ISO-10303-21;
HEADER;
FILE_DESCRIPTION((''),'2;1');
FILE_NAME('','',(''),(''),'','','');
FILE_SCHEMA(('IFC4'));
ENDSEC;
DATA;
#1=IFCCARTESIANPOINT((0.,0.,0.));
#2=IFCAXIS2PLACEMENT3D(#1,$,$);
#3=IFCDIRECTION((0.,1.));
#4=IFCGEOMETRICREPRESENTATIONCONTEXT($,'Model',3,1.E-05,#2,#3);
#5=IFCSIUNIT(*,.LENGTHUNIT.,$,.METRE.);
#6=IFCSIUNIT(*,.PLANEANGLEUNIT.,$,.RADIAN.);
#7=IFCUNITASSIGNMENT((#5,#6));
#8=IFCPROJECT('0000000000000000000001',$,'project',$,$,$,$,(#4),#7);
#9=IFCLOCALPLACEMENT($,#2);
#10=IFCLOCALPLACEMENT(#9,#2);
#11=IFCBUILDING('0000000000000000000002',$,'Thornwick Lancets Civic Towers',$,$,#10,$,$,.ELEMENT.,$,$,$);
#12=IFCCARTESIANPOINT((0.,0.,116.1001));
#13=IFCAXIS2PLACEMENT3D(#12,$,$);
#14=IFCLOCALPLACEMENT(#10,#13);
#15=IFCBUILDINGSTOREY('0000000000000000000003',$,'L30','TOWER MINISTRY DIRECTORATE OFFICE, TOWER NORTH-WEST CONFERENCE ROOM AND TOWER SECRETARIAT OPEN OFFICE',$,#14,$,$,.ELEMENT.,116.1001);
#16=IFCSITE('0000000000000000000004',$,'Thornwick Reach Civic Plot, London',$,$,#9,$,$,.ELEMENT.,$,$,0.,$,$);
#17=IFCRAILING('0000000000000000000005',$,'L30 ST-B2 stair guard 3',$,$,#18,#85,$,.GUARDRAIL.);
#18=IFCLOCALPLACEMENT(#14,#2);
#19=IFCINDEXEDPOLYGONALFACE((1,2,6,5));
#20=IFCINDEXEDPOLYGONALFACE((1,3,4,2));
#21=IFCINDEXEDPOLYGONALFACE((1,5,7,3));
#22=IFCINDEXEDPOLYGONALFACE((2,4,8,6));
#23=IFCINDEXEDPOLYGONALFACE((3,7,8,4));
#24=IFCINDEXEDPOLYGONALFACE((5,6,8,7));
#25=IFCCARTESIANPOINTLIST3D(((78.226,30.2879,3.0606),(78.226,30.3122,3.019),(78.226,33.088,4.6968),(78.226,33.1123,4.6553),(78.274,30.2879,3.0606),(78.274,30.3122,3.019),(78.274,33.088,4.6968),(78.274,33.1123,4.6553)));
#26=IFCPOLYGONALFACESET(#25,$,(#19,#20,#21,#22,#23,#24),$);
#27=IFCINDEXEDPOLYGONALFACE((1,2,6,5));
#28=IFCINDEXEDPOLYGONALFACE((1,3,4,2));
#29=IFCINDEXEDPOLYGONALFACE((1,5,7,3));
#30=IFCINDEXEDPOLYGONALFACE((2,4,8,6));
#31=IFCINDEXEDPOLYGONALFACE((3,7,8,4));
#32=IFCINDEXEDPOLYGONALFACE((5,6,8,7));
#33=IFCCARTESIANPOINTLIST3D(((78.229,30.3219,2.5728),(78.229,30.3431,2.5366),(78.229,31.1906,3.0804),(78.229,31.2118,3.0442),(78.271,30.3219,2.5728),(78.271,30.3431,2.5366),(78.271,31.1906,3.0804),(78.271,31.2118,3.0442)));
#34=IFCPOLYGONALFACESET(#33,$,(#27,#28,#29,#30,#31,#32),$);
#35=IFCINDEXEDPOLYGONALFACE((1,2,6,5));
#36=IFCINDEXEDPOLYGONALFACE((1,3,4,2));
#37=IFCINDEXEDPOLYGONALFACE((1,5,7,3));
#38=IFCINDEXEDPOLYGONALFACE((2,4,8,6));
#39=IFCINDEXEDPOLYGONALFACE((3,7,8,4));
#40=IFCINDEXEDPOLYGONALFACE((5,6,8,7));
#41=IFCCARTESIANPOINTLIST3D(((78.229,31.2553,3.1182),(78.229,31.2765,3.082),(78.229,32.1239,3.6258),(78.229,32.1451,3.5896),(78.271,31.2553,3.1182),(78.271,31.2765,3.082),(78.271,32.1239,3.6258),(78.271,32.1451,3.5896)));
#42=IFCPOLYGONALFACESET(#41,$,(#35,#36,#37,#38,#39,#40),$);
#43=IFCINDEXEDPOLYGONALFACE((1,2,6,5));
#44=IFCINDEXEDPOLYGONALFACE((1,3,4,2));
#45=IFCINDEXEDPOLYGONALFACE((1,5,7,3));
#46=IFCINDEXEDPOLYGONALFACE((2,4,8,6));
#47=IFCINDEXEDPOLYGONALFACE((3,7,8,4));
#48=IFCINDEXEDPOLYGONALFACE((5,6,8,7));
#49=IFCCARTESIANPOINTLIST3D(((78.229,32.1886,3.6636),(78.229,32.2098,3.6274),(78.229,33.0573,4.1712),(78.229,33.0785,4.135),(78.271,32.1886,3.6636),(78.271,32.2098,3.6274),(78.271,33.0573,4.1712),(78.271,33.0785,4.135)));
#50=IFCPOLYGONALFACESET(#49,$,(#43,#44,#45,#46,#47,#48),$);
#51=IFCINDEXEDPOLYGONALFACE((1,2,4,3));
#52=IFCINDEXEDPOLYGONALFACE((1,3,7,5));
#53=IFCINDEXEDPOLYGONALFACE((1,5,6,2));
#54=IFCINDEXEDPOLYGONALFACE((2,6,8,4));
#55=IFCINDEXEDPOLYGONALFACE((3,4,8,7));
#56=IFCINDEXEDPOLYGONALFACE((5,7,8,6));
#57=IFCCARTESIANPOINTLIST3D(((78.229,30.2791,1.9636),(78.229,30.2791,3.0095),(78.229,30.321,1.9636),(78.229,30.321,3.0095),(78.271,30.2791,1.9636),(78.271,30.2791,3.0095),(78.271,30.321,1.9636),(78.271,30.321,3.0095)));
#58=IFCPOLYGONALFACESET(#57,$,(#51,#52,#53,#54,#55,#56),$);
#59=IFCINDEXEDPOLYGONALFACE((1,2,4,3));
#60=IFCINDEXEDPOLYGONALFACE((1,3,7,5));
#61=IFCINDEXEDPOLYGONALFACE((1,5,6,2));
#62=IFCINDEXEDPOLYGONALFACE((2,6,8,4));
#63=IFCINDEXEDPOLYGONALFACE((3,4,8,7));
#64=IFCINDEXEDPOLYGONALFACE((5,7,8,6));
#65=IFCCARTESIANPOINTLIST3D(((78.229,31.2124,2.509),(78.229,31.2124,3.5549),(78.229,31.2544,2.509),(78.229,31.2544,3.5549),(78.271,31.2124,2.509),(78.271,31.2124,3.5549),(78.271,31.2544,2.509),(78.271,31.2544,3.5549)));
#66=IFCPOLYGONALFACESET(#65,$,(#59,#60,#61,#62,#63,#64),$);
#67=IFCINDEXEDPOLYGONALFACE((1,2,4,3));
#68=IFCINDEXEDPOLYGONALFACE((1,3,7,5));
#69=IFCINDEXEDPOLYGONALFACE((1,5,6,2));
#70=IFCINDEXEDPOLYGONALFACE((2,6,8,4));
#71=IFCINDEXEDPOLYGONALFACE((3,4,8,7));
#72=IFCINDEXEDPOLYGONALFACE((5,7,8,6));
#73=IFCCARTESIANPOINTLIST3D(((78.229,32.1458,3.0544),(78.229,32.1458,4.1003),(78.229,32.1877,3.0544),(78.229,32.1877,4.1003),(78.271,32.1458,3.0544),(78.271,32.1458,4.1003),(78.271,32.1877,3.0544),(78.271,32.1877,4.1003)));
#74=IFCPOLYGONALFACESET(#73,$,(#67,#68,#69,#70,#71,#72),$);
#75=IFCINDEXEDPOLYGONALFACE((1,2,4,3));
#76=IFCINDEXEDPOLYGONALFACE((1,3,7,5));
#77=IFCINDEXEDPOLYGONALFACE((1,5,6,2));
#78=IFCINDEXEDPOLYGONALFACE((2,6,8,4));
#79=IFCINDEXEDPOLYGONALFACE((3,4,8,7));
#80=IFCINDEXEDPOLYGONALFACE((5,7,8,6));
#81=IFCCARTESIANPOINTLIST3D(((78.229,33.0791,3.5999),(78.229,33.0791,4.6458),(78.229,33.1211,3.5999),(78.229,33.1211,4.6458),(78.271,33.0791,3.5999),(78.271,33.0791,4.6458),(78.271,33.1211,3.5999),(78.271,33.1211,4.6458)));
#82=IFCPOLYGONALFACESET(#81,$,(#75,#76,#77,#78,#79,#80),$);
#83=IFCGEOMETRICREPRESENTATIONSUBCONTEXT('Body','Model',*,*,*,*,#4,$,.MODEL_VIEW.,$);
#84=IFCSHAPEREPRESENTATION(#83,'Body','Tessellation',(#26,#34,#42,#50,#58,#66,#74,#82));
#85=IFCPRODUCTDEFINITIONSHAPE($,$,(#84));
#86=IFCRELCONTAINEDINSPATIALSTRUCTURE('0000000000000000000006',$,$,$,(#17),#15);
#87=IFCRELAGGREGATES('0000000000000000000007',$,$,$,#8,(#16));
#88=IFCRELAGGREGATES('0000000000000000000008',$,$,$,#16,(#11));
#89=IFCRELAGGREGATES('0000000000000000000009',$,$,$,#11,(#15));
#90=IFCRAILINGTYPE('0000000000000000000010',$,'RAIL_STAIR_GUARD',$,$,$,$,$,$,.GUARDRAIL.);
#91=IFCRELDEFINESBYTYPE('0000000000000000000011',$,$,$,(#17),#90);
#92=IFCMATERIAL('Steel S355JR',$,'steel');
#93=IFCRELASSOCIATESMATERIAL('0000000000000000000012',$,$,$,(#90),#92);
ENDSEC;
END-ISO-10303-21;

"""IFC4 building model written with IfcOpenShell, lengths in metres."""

from ifc_helpers import new_model, si_unit, direction, frame, origin, origin_2d, place, context, subcontext, project, spatial, rectangle, extrude, material, type_object, element, save


model = new_model("IFC4")

# Units and contexts
model_context = context("Model", 3, precision=1e-05, world=origin(), true_north=direction((0.0, 1.0)))
body_context = subcontext(model_context, "Body", "Model", "MODEL_VIEW")
ifc_project = project(units=[si_unit("LENGTHUNIT", "METRE"), si_unit("PLANEANGLEUNIT", "RADIAN")], contexts=[model_context])

# Site, building, storey
site_placement = place(None, origin())
site = spatial("IfcSite", under=ifc_project, at=site_placement, Name="Thornwick Reach Civic Plot, London", CompositionType="ELEMENT", RefElevation=0.0)
building_placement = place(site_placement, origin())
building = spatial("IfcBuilding", under=site, at=building_placement, Name="Thornwick Lancets Civic Towers", CompositionType="ELEMENT")
storey_placement = place(building_placement, frame((0.0, 0.0, 116.1001)))
storey = spatial("IfcBuildingStorey", under=building, at=storey_placement, Name="L30", Description="TOWER MINISTRY DIRECTORATE OFFICE, TOWER NORTH-WEST CONFERENCE ROOM AND TOWER SECRETARIAT OPEN OFFICE", CompositionType="ELEMENT", Elevation=116.1001)

# Railing
ifc_material_1 = material(Name="Steel S355JR", Category="steel")
railing_type_1 = type_object("IfcRailingType", Name="RAIL_STAIR_GUARD", PredefinedType="GUARDRAIL", material=ifc_material_1)
railing_1_placement = place(storey_placement, frame((78.25, 30.3, 1.9636)))
element("IfcRailing", 1, at=railing_1_placement, inside=storey, type_object=railing_type_1, Name="L30 ST-B2 stair guard 3", PredefinedType="GUARDRAIL", context=body_context, shape_type="SweptSolid", body=[
    extrude(rectangle(XDim=0.0481, YDim=0.0481, at=origin_2d()), frame((0.0, 0.0, 1.0762), z_axis=(0.0, 0.863394, 0.504531), x_axis=(-1.0, 0.0, 0.0)), (0.0, 0.0, 1.0), 3.2432),
    extrude(rectangle(XDim=0.042, YDim=0.042, at=origin_2d()), frame((0.0, 0.0325, 0.5911), z_axis=(0.0, 0.863394, 0.504531), x_axis=(-1.0, 0.0, 0.0)), (0.0, 0.0, 1.0), 1.0061),
    extrude(rectangle(XDim=0.042, YDim=0.042, at=origin_2d()), frame((0.0, 0.9658, 1.1365), z_axis=(0.0, 0.863394, 0.504531), x_axis=(-1.0, 0.0, 0.0)), (0.0, 0.0, 1.0), 1.0061),
    extrude(rectangle(XDim=0.042, YDim=0.042, at=origin_2d()), frame((0.0, 1.8992, 1.6819), z_axis=(0.0, 0.863394, 0.504531), x_axis=(-1.0, 0.0, 0.0)), (0.0, 0.0, 1.0), 1.0061),
    extrude(rectangle(XDim=0.042, YDim=0.042, at=origin_2d()), origin(), (0.0, 0.0, 1.0), 1.0459),
    extrude(rectangle(XDim=0.042, YDim=0.042, at=origin_2d()), frame((0.0, 0.9333, 0.5454)), (0.0, 0.0, 1.0), 1.0459),
    extrude(rectangle(XDim=0.042, YDim=0.042, at=origin_2d()), frame((0.0, 1.8667, 1.0908)), (0.0, 0.0, 1.0), 1.0459),
    extrude(rectangle(XDim=0.042, YDim=0.042, at=origin_2d()), frame((0.0, 2.8, 1.6362)), (0.0, 0.0, 1.0), 1.0459),
])

save(model, "model.ifc")
